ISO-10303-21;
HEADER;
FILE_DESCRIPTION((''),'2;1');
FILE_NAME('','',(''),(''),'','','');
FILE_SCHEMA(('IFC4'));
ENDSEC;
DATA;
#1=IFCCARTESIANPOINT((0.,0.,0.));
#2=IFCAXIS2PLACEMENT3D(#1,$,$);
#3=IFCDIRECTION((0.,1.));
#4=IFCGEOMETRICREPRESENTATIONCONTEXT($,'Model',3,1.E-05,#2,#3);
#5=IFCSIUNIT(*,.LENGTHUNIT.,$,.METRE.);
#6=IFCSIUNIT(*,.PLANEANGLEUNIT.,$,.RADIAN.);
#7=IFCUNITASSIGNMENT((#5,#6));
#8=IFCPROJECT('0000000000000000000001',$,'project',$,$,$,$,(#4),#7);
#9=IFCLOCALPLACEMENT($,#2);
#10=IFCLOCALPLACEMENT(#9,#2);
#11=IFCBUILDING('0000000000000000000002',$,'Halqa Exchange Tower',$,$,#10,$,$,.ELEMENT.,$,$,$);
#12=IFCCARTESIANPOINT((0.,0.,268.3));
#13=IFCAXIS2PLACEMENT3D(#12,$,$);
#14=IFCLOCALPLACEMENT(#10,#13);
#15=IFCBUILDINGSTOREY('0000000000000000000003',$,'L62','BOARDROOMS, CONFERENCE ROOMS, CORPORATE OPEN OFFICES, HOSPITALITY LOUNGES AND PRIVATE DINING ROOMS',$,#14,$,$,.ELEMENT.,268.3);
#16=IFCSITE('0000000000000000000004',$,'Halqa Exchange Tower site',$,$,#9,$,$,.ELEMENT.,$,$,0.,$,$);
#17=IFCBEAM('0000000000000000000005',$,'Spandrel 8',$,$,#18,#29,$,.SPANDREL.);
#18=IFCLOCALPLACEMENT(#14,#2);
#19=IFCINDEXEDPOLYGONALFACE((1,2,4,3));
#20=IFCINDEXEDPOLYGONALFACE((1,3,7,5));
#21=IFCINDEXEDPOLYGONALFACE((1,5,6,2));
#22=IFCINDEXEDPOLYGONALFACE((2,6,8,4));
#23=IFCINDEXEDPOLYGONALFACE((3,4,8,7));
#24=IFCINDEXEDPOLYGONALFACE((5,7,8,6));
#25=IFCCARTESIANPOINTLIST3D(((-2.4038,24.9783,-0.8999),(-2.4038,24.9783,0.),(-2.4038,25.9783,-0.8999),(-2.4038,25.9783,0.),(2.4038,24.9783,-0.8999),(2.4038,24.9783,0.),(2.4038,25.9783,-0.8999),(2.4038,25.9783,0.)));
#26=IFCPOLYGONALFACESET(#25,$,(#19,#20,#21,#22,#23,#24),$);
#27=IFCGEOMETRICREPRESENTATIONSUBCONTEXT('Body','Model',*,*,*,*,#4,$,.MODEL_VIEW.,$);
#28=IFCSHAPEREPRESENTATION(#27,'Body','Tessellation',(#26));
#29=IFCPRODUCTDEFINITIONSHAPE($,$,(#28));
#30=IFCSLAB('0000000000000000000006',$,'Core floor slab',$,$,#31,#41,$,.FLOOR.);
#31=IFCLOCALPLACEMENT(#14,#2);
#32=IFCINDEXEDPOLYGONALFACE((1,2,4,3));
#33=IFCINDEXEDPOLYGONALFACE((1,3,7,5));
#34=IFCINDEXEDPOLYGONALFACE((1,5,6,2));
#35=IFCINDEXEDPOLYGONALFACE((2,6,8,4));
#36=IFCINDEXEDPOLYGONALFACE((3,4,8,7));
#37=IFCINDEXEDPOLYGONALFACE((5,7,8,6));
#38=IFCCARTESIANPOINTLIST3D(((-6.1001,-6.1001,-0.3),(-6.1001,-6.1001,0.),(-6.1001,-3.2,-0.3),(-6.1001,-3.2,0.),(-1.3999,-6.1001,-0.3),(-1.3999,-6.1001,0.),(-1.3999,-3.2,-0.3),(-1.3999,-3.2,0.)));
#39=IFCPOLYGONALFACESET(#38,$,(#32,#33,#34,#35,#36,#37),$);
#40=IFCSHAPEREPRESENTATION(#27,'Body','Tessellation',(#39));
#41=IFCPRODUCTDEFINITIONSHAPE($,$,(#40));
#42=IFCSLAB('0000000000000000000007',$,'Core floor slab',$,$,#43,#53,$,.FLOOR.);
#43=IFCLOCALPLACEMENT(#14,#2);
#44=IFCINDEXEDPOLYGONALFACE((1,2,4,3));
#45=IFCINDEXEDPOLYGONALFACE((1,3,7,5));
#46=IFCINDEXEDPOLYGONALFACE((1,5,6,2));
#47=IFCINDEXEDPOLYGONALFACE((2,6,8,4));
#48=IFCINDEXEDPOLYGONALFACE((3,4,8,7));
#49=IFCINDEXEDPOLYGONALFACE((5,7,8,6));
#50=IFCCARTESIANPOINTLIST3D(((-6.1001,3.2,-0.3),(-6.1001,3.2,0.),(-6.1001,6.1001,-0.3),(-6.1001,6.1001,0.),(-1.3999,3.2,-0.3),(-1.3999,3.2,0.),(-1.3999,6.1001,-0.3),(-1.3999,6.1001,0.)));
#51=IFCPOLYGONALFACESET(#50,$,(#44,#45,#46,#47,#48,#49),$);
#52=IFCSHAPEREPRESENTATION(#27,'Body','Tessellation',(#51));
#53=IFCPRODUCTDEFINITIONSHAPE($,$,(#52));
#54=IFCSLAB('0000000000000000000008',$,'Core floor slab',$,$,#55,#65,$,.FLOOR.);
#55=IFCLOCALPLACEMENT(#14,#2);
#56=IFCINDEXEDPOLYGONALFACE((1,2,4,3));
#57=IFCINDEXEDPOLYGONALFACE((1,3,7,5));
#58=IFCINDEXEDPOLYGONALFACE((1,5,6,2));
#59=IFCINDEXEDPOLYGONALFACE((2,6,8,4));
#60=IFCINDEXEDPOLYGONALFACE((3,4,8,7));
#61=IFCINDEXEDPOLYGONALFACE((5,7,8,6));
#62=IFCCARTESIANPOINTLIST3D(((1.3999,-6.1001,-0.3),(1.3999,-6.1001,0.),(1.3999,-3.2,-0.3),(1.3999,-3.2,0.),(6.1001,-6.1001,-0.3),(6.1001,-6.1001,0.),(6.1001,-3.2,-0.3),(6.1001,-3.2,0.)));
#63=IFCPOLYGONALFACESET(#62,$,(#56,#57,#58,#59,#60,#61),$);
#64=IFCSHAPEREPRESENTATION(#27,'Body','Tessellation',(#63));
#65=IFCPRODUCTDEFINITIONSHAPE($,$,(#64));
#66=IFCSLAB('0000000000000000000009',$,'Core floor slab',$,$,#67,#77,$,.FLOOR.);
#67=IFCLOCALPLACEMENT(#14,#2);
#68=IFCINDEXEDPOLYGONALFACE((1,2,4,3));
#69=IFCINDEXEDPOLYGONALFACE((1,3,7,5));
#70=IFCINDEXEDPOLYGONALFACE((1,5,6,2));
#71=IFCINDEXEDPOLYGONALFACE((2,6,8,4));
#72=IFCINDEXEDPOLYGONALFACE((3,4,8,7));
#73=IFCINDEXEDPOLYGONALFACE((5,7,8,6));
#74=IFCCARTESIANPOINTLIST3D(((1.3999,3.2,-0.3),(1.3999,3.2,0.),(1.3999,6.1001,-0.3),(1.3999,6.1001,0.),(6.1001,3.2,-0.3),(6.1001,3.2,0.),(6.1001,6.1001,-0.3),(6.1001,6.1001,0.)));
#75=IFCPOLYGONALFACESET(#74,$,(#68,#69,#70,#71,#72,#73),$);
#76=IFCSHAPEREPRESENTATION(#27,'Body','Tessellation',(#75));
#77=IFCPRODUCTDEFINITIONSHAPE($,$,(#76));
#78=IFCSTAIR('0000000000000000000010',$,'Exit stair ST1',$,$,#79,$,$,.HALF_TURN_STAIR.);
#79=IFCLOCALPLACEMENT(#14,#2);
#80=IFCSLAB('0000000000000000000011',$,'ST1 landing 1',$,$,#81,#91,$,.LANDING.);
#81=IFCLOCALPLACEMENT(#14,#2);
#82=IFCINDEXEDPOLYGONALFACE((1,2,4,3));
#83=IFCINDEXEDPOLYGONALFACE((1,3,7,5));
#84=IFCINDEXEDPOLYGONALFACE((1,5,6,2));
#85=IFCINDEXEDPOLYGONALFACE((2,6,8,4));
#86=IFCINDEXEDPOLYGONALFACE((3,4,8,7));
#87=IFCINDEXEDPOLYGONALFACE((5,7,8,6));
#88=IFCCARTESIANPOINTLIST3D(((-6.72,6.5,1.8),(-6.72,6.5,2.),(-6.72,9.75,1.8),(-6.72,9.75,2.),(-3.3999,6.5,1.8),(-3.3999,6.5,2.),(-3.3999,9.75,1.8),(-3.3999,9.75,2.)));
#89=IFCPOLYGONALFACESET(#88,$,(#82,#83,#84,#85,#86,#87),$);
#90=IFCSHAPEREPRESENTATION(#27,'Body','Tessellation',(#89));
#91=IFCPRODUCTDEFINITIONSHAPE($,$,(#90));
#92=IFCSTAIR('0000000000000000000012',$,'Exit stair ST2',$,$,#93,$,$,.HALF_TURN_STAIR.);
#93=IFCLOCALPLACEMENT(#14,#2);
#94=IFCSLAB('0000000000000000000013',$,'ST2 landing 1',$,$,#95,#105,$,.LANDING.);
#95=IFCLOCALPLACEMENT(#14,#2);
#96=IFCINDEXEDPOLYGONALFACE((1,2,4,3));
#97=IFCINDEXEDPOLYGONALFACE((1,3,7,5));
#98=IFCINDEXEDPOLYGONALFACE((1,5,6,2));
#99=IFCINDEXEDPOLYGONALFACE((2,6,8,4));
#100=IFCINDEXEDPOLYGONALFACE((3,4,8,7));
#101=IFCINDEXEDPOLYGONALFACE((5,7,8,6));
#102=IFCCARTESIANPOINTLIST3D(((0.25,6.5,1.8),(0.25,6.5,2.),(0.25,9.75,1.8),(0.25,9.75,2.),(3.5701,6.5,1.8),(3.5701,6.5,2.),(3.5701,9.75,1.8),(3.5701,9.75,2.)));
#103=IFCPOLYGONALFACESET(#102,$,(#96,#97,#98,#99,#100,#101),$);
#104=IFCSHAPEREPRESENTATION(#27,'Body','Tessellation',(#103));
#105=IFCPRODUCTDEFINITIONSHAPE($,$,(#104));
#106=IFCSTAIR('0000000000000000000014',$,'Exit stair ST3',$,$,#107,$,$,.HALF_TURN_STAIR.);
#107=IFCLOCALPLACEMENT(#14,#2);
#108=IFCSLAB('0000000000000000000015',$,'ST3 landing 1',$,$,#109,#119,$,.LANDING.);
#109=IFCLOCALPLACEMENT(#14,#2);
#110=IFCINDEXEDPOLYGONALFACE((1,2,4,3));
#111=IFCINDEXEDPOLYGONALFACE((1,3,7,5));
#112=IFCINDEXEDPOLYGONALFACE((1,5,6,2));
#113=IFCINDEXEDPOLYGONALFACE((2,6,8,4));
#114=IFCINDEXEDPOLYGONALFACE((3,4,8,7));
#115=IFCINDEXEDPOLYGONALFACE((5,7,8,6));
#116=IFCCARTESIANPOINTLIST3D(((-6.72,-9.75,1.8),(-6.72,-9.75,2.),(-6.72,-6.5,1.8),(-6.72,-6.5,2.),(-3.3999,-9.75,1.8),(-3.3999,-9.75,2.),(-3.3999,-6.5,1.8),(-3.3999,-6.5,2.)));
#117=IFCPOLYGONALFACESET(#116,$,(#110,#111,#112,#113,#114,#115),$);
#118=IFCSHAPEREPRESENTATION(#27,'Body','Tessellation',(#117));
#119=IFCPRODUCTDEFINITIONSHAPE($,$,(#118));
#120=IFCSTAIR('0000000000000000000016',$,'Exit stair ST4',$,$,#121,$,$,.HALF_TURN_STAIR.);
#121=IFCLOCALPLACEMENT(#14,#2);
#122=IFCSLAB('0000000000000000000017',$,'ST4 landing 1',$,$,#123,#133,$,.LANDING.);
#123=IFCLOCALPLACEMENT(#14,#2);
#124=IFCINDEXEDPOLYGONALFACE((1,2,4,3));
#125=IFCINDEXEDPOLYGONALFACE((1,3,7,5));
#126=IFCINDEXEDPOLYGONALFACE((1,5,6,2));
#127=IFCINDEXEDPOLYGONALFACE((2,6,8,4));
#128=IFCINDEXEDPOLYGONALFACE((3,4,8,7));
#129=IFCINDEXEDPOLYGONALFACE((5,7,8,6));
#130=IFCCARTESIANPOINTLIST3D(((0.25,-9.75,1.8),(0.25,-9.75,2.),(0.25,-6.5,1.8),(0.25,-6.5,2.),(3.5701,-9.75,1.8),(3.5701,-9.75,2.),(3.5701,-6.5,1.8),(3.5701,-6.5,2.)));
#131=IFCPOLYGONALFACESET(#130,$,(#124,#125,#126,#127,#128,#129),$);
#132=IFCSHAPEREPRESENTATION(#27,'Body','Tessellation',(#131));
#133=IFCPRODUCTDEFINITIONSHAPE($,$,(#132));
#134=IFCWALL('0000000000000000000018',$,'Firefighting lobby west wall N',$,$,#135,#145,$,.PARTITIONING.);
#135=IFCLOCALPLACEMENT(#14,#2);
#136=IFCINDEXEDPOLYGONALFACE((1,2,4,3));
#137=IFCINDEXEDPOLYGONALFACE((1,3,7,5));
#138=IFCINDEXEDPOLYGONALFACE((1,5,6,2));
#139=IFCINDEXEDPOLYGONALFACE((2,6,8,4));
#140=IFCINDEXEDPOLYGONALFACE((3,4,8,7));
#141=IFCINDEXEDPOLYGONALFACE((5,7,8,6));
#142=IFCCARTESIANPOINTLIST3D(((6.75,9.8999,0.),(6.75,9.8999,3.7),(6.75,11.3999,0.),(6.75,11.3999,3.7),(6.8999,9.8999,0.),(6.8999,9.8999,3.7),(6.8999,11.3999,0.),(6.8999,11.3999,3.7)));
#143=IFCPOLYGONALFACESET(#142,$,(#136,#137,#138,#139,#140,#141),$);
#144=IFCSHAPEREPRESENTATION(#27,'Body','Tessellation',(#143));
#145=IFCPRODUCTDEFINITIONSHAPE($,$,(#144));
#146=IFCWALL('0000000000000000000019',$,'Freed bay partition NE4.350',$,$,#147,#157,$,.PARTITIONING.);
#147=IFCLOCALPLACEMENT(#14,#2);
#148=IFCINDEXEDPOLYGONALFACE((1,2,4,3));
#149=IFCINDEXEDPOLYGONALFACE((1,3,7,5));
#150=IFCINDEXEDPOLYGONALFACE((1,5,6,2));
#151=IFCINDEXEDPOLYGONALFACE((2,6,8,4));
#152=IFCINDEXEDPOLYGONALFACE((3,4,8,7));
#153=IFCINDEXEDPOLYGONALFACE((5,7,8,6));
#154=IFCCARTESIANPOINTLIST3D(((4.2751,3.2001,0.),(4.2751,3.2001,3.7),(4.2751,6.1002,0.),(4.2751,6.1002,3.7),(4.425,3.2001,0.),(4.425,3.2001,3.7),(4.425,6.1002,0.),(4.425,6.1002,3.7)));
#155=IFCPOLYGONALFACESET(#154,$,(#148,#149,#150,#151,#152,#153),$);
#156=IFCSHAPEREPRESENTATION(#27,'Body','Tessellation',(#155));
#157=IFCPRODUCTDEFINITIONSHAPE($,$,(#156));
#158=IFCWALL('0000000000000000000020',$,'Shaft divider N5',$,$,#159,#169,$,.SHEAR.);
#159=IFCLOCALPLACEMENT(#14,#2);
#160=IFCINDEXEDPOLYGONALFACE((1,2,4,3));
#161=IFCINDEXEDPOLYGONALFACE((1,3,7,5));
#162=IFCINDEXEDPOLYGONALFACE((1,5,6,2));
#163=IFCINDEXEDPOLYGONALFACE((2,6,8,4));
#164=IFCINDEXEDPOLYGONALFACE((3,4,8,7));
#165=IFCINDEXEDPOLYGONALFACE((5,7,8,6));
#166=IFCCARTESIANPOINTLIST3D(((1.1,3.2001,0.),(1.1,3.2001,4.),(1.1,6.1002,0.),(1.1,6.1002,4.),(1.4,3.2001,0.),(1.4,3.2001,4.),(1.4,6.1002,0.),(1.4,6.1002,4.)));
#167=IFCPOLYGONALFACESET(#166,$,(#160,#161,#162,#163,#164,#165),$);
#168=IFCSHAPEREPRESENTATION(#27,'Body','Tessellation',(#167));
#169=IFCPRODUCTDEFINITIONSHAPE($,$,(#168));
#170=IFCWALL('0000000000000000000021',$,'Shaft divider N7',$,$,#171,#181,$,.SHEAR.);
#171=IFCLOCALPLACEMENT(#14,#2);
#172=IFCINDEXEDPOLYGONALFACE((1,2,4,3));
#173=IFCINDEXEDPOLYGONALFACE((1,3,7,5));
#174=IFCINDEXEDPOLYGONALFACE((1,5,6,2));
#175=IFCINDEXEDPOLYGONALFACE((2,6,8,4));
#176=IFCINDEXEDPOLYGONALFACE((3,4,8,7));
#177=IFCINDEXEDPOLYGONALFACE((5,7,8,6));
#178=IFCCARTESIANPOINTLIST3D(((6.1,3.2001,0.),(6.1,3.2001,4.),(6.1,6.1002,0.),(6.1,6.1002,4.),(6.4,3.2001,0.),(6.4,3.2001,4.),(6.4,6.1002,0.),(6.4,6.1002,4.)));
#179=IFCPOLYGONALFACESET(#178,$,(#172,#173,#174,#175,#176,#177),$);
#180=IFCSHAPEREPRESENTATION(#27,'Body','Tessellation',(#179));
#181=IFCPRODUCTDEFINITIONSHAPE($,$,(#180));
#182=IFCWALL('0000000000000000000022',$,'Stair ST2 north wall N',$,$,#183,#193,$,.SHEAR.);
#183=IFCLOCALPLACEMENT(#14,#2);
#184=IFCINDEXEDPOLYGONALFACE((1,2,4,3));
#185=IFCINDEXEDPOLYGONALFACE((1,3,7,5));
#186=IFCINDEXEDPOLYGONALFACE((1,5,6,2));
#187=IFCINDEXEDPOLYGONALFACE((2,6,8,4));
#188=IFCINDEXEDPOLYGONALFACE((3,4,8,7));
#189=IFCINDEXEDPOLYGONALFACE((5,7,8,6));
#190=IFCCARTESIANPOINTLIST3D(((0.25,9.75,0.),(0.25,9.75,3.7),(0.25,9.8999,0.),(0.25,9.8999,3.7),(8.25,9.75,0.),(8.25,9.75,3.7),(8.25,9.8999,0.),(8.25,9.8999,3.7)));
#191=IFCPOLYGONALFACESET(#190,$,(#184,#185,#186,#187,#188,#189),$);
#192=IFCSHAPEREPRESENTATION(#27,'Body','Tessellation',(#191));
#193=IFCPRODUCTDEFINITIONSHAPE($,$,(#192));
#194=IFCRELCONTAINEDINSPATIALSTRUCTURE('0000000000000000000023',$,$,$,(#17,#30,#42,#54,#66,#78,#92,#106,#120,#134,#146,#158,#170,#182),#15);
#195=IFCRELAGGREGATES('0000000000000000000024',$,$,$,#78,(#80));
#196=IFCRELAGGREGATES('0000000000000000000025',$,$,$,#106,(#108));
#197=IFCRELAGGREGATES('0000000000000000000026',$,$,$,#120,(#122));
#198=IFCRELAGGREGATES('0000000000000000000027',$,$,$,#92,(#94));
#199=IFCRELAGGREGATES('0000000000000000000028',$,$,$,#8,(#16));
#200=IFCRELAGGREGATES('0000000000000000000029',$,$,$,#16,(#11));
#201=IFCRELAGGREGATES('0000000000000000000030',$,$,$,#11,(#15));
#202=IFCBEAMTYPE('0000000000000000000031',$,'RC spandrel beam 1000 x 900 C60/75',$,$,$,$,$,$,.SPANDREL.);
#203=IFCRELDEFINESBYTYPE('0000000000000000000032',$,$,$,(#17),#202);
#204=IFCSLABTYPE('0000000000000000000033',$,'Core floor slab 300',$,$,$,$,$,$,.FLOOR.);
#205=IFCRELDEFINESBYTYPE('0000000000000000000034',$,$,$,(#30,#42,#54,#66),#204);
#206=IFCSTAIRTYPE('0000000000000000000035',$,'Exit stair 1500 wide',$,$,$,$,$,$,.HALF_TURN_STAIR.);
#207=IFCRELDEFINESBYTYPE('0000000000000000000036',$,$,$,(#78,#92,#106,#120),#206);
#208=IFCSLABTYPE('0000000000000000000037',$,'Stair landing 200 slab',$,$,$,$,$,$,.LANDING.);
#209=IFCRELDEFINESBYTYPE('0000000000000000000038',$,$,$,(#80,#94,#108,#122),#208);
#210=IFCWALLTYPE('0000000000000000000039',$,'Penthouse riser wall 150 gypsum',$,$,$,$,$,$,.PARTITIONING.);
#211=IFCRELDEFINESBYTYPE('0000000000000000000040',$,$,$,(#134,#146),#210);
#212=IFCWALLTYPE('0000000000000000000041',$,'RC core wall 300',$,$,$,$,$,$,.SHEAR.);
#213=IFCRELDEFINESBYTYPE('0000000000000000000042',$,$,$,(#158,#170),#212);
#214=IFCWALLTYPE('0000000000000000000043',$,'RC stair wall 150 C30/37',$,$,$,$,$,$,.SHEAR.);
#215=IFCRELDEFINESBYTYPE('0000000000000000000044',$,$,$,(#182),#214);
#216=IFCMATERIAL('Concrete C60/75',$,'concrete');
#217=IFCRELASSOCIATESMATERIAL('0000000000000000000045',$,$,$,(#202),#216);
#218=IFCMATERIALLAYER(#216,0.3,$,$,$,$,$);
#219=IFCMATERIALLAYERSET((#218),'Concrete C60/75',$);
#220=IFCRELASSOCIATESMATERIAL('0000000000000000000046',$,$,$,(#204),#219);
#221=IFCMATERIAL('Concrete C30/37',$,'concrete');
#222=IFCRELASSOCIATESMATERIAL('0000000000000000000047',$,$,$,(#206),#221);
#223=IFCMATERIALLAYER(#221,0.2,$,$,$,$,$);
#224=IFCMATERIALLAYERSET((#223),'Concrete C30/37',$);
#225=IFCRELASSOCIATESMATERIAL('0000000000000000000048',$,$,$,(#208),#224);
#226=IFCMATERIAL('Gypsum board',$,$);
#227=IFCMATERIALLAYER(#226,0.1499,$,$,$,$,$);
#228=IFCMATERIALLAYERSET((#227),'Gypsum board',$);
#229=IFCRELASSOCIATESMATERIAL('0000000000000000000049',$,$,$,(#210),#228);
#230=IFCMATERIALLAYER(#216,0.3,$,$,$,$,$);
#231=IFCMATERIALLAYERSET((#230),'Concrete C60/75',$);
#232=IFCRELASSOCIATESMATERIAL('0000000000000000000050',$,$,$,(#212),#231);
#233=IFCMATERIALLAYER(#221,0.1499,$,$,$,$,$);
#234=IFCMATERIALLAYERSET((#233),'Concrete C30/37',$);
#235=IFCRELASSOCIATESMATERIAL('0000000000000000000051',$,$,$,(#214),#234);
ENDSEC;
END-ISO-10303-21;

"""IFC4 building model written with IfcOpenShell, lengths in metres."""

from ifc_helpers import new_model, si_unit, direction, frame, frame_2d, origin, origin_2d, place, context, subcontext, project, spatial, polyline, rectangle, outline, extrude, material, layer, layer_set, material_profile, profile_set, type_object, element, aggregate, save


model = new_model("IFC4")

# Units and contexts
model_context = context("Model", 3, precision=1e-05, world=origin(), true_north=direction((0.0, 1.0)))
body_context = subcontext(model_context, "Body", "Model", "MODEL_VIEW")
ifc_project = project(units=[si_unit("LENGTHUNIT", "METRE"), si_unit("PLANEANGLEUNIT", "RADIAN")], contexts=[model_context])

# Site, building, storey
site_placement = place(None, origin())
site = spatial("IfcSite", under=ifc_project, at=site_placement, Name="Halqa Exchange Tower site", CompositionType="ELEMENT", RefElevation=0.0)
building_placement = place(site_placement, origin())
building = spatial("IfcBuilding", under=site, at=building_placement, Name="Halqa Exchange Tower", CompositionType="ELEMENT")
storey_placement = place(building_placement, frame((0.0, 0.0, 268.3)))
storey = spatial("IfcBuildingStorey", under=building, at=storey_placement, Name="L62", Description="BOARDROOMS, CONFERENCE ROOMS, CORPORATE OPEN OFFICES, HOSPITALITY LOUNGES AND PRIVATE DINING ROOMS", CompositionType="ELEMENT", Elevation=268.3)

# Shared definitions
ifc_material_1 = material(Name="Concrete C60/75", Category="concrete")

# Beam
ifc_material_profile_1 = material_profile(ifc_material_1, rectangle(XDim=1.0, YDim=0.8999, at=origin_2d()), Name="1000 x 900")
ifc_profile_set_1 = profile_set([ifc_material_profile_1], Name="Concrete C60/75")
beam_type_1 = type_object("IfcBeamType", Name="RC spandrel beam 1000 x 900 C60/75", PredefinedType="SPANDREL", material=ifc_profile_set_1)
beam_1_placement = place(storey_placement, frame((2.4038, 25.4783, -0.45), z_axis=(-1.0, 0.0, 0.0), x_axis=(0.0, -1.0, 0.0)))
element("IfcBeam", 1, at=beam_1_placement, inside=storey, type_object=beam_type_1, Name="Spandrel 8", PredefinedType="SPANDREL", context=body_context, shape_type="SweptSolid", body=[
    extrude(rectangle(XDim=1.0, YDim=0.8999, at=origin_2d()), origin(), (0.0, 0.0, 1.0), 4.8076),
])

# Slabs
ifc_layer_1 = layer(ifc_material_1, 0.3)
ifc_layer_set_1 = layer_set([ifc_layer_1], Name="Concrete C60/75")
slab_type_1 = type_object("IfcSlabType", Name="Core floor slab 300", PredefinedType="FLOOR", material=ifc_layer_set_1)
slab_1_placement = place(storey_placement, frame((0.0, 0.0, -0.3)))
element("IfcSlab", 2, at=slab_1_placement, inside=storey, type_object=slab_type_1, Name="Core floor slab", PredefinedType="FLOOR", context=body_context, shape_type="SweptSolid", body=[
    extrude(outline(polyline([(-1.3999, -3.2), (-1.3999, -6.1001), (-6.1001, -6.1001), (-6.1001, -3.2), (-1.3999, -3.2)])), origin(), (0.0, 0.0, 1.0), 0.3),
])
slab_2_placement = place(storey_placement, frame((0.0, 0.0, -0.3)))
element("IfcSlab", 3, at=slab_2_placement, inside=storey, type_object=slab_type_1, Name="Core floor slab", PredefinedType="FLOOR", context=body_context, shape_type="SweptSolid", body=[
    extrude(outline(polyline([(-1.3999, 3.2), (-6.1001, 3.2), (-6.1001, 6.1001), (-1.3999, 6.1001), (-1.3999, 3.2)])), origin(), (0.0, 0.0, 1.0), 0.3),
])
slab_3_placement = place(storey_placement, frame((0.0, 0.0, -0.3)))
element("IfcSlab", 4, at=slab_3_placement, inside=storey, type_object=slab_type_1, Name="Core floor slab", PredefinedType="FLOOR", context=body_context, shape_type="SweptSolid", body=[
    extrude(outline(polyline([(6.1001, -3.2), (6.1001, -6.1001), (1.3999, -6.1001), (1.3999, -3.2), (6.1001, -3.2)])), origin(), (0.0, 0.0, 1.0), 0.3),
])
slab_4_placement = place(storey_placement, frame((0.0, 0.0, -0.3)))
element("IfcSlab", 5, at=slab_4_placement, inside=storey, type_object=slab_type_1, Name="Core floor slab", PredefinedType="FLOOR", context=body_context, shape_type="SweptSolid", body=[
    extrude(outline(polyline([(6.1001, 6.1001), (6.1001, 3.2), (1.3999, 3.2), (1.3999, 6.1001), (6.1001, 6.1001)])), origin(), (0.0, 0.0, 1.0), 0.3),
])

# Stairs, slabs
ifc_material_2 = material(Name="Concrete C30/37", Category="concrete")
stair_type = type_object("IfcStairType", Name="Exit stair 1500 wide", PredefinedType="HALF_TURN_STAIR", material=ifc_material_2)
stair_1_placement = place(storey_placement, origin())
stair_1 = element("IfcStair", 6, at=stair_1_placement, inside=storey, type_object=stair_type, Name="Exit stair ST1", PredefinedType="HALF_TURN_STAIR")
ifc_layer_2 = layer(ifc_material_2, 0.2)
ifc_layer_set_2 = layer_set([ifc_layer_2], Name="Concrete C30/37")
slab_type_2 = type_object("IfcSlabType", Name="Stair landing 200 slab", PredefinedType="LANDING", material=ifc_layer_set_2)
slab_5_placement = place(storey_placement, frame((0.0, 0.0, 1.8)))
slab_5 = element("IfcSlab", 7, at=slab_5_placement, type_object=slab_type_2, Name="ST1 landing 1", PredefinedType="LANDING", context=body_context, shape_type="SweptSolid", body=[
    extrude(outline(polyline([(-6.72, 6.5), (-3.3999, 6.5), (-3.3999, 9.75), (-6.72, 9.75), (-6.72, 6.5)])), origin(), (0.0, 0.0, 1.0), 0.2),
])
aggregate(stair_1, [slab_5])
stair_2_placement = place(storey_placement, origin())
stair_2 = element("IfcStair", 8, at=stair_2_placement, inside=storey, type_object=stair_type, Name="Exit stair ST2", PredefinedType="HALF_TURN_STAIR")
slab_6_placement = place(storey_placement, frame((0.0, 0.0, 1.8)))
slab_6 = element("IfcSlab", 9, at=slab_6_placement, type_object=slab_type_2, Name="ST2 landing 1", PredefinedType="LANDING", context=body_context, shape_type="SweptSolid", body=[
    extrude(outline(polyline([(0.25, 6.5), (3.5701, 6.5), (3.5701, 9.75), (0.25, 9.75), (0.25, 6.5)])), origin(), (0.0, 0.0, 1.0), 0.2),
])
stair_3_placement = place(storey_placement, origin())
stair_3 = element("IfcStair", 10, at=stair_3_placement, inside=storey, type_object=stair_type, Name="Exit stair ST3", PredefinedType="HALF_TURN_STAIR")
slab_7_placement = place(storey_placement, frame((0.0, 0.0, 1.8)))
slab_7 = element("IfcSlab", 11, at=slab_7_placement, type_object=slab_type_2, Name="ST3 landing 1", PredefinedType="LANDING", context=body_context, shape_type="SweptSolid", body=[
    extrude(outline(polyline([(-6.72, -9.75), (-3.3999, -9.75), (-3.3999, -6.5), (-6.72, -6.5), (-6.72, -9.75)])), origin(), (0.0, 0.0, 1.0), 0.2),
])
aggregate(stair_3, [slab_7])
stair_4_placement = place(storey_placement, origin())
stair_4 = element("IfcStair", 12, at=stair_4_placement, inside=storey, type_object=stair_type, Name="Exit stair ST4", PredefinedType="HALF_TURN_STAIR")
slab_8_placement = place(storey_placement, frame((0.0, 0.0, 1.8)))
slab_8 = element("IfcSlab", 13, at=slab_8_placement, type_object=slab_type_2, Name="ST4 landing 1", PredefinedType="LANDING", context=body_context, shape_type="SweptSolid", body=[
    extrude(outline(polyline([(0.25, -9.75), (3.5701, -9.75), (3.5701, -6.5), (0.25, -6.5), (0.25, -9.75)])), origin(), (0.0, 0.0, 1.0), 0.2),
])
aggregate(stair_4, [slab_8])

# Walls
ifc_material_3 = material(Name="Gypsum board")
ifc_layer_3 = layer(ifc_material_3, 0.1499)
ifc_layer_set_3 = layer_set([ifc_layer_3], Name="Gypsum board")
wall_type_1 = type_object("IfcWallType", Name="Penthouse riser wall 150 gypsum", PredefinedType="PARTITIONING", material=ifc_layer_set_3)
wall_1_placement = place(storey_placement, frame((6.825, 9.8999, 0.0), z_axis=(0.0, 0.0, 1.0), x_axis=(0.0, 1.0, 0.0)))
element("IfcWall", 14, at=wall_1_placement, inside=storey, type_object=wall_type_1, Name="Firefighting lobby west wall N", PredefinedType="PARTITIONING", context=body_context, shape_type="SweptSolid", body=[
    extrude(rectangle(XDim=1.5, YDim=0.1499, at=frame_2d((0.75, 0.0))), origin(), (0.0, 0.0, 1.0), 3.7),
])
wall_2_placement = place(storey_placement, frame((4.3501, 3.2, 0.0), z_axis=(0.0, 0.0, 1.0), x_axis=(0.0, 1.0, 0.0)))
element("IfcWall", 15, at=wall_2_placement, inside=storey, type_object=wall_type_1, Name="Freed bay partition NE4.350", PredefinedType="PARTITIONING", context=body_context, shape_type="SweptSolid", body=[
    extrude(rectangle(XDim=2.9001, YDim=0.1499, at=frame_2d((1.4502, 0.0))), origin(), (0.0, 0.0, 1.0), 3.7),
])
ifc_layer_4 = layer(ifc_material_1, 0.3)
ifc_layer_set_4 = layer_set([ifc_layer_4], Name="Concrete C60/75")
wall_type_2 = type_object("IfcWallType", Name="RC core wall 300", PredefinedType="SHEAR", material=ifc_layer_set_4)
for number, where, z_axis, x_axis, name in (
    (16, (1.25, 3.2, 0.0), (0.0, 0.0, 1.0), (0.0, 1.0, 0.0), "Shaft divider N5"),
    (17, (6.25, 3.2, 0.0), (0.0, 0.0, 1.0), (0.0, 1.0, 0.0), "Shaft divider N7"),
):
    element("IfcWall", number, at=place(storey_placement, frame(where, z_axis=z_axis, x_axis=x_axis)), inside=storey, type_object=wall_type_2, Name=name, PredefinedType="SHEAR", context=body_context, shape_type="SweptSolid", body=[
        extrude(rectangle(XDim=2.9001, YDim=0.3, at=frame_2d((1.4502, 0.0))), origin(), (0.0, 0.0, 1.0), 4.0),
    ])
ifc_layer_5 = layer(ifc_material_2, 0.1499)
ifc_layer_set_5 = layer_set([ifc_layer_5], Name="Concrete C30/37")
wall_type_3 = type_object("IfcWallType", Name="RC stair wall 150 C30/37", PredefinedType="SHEAR", material=ifc_layer_set_5)
wall_3_placement = place(storey_placement, frame((0.25, 9.825, 0.0), z_axis=(0.0, 0.0, 1.0), x_axis=(1.0, 0.0, 0.0)))
element("IfcWall", 18, at=wall_3_placement, inside=storey, type_object=wall_type_3, Name="Stair ST2 north wall N", PredefinedType="SHEAR", context=body_context, shape_type="SweptSolid", body=[
    extrude(rectangle(XDim=8.0, YDim=0.1499, at=frame_2d((4.0, 0.0))), origin(), (0.0, 0.0, 1.0), 3.7),
])

aggregate(stair_2, [slab_6])

save(model, "model.ifc")
